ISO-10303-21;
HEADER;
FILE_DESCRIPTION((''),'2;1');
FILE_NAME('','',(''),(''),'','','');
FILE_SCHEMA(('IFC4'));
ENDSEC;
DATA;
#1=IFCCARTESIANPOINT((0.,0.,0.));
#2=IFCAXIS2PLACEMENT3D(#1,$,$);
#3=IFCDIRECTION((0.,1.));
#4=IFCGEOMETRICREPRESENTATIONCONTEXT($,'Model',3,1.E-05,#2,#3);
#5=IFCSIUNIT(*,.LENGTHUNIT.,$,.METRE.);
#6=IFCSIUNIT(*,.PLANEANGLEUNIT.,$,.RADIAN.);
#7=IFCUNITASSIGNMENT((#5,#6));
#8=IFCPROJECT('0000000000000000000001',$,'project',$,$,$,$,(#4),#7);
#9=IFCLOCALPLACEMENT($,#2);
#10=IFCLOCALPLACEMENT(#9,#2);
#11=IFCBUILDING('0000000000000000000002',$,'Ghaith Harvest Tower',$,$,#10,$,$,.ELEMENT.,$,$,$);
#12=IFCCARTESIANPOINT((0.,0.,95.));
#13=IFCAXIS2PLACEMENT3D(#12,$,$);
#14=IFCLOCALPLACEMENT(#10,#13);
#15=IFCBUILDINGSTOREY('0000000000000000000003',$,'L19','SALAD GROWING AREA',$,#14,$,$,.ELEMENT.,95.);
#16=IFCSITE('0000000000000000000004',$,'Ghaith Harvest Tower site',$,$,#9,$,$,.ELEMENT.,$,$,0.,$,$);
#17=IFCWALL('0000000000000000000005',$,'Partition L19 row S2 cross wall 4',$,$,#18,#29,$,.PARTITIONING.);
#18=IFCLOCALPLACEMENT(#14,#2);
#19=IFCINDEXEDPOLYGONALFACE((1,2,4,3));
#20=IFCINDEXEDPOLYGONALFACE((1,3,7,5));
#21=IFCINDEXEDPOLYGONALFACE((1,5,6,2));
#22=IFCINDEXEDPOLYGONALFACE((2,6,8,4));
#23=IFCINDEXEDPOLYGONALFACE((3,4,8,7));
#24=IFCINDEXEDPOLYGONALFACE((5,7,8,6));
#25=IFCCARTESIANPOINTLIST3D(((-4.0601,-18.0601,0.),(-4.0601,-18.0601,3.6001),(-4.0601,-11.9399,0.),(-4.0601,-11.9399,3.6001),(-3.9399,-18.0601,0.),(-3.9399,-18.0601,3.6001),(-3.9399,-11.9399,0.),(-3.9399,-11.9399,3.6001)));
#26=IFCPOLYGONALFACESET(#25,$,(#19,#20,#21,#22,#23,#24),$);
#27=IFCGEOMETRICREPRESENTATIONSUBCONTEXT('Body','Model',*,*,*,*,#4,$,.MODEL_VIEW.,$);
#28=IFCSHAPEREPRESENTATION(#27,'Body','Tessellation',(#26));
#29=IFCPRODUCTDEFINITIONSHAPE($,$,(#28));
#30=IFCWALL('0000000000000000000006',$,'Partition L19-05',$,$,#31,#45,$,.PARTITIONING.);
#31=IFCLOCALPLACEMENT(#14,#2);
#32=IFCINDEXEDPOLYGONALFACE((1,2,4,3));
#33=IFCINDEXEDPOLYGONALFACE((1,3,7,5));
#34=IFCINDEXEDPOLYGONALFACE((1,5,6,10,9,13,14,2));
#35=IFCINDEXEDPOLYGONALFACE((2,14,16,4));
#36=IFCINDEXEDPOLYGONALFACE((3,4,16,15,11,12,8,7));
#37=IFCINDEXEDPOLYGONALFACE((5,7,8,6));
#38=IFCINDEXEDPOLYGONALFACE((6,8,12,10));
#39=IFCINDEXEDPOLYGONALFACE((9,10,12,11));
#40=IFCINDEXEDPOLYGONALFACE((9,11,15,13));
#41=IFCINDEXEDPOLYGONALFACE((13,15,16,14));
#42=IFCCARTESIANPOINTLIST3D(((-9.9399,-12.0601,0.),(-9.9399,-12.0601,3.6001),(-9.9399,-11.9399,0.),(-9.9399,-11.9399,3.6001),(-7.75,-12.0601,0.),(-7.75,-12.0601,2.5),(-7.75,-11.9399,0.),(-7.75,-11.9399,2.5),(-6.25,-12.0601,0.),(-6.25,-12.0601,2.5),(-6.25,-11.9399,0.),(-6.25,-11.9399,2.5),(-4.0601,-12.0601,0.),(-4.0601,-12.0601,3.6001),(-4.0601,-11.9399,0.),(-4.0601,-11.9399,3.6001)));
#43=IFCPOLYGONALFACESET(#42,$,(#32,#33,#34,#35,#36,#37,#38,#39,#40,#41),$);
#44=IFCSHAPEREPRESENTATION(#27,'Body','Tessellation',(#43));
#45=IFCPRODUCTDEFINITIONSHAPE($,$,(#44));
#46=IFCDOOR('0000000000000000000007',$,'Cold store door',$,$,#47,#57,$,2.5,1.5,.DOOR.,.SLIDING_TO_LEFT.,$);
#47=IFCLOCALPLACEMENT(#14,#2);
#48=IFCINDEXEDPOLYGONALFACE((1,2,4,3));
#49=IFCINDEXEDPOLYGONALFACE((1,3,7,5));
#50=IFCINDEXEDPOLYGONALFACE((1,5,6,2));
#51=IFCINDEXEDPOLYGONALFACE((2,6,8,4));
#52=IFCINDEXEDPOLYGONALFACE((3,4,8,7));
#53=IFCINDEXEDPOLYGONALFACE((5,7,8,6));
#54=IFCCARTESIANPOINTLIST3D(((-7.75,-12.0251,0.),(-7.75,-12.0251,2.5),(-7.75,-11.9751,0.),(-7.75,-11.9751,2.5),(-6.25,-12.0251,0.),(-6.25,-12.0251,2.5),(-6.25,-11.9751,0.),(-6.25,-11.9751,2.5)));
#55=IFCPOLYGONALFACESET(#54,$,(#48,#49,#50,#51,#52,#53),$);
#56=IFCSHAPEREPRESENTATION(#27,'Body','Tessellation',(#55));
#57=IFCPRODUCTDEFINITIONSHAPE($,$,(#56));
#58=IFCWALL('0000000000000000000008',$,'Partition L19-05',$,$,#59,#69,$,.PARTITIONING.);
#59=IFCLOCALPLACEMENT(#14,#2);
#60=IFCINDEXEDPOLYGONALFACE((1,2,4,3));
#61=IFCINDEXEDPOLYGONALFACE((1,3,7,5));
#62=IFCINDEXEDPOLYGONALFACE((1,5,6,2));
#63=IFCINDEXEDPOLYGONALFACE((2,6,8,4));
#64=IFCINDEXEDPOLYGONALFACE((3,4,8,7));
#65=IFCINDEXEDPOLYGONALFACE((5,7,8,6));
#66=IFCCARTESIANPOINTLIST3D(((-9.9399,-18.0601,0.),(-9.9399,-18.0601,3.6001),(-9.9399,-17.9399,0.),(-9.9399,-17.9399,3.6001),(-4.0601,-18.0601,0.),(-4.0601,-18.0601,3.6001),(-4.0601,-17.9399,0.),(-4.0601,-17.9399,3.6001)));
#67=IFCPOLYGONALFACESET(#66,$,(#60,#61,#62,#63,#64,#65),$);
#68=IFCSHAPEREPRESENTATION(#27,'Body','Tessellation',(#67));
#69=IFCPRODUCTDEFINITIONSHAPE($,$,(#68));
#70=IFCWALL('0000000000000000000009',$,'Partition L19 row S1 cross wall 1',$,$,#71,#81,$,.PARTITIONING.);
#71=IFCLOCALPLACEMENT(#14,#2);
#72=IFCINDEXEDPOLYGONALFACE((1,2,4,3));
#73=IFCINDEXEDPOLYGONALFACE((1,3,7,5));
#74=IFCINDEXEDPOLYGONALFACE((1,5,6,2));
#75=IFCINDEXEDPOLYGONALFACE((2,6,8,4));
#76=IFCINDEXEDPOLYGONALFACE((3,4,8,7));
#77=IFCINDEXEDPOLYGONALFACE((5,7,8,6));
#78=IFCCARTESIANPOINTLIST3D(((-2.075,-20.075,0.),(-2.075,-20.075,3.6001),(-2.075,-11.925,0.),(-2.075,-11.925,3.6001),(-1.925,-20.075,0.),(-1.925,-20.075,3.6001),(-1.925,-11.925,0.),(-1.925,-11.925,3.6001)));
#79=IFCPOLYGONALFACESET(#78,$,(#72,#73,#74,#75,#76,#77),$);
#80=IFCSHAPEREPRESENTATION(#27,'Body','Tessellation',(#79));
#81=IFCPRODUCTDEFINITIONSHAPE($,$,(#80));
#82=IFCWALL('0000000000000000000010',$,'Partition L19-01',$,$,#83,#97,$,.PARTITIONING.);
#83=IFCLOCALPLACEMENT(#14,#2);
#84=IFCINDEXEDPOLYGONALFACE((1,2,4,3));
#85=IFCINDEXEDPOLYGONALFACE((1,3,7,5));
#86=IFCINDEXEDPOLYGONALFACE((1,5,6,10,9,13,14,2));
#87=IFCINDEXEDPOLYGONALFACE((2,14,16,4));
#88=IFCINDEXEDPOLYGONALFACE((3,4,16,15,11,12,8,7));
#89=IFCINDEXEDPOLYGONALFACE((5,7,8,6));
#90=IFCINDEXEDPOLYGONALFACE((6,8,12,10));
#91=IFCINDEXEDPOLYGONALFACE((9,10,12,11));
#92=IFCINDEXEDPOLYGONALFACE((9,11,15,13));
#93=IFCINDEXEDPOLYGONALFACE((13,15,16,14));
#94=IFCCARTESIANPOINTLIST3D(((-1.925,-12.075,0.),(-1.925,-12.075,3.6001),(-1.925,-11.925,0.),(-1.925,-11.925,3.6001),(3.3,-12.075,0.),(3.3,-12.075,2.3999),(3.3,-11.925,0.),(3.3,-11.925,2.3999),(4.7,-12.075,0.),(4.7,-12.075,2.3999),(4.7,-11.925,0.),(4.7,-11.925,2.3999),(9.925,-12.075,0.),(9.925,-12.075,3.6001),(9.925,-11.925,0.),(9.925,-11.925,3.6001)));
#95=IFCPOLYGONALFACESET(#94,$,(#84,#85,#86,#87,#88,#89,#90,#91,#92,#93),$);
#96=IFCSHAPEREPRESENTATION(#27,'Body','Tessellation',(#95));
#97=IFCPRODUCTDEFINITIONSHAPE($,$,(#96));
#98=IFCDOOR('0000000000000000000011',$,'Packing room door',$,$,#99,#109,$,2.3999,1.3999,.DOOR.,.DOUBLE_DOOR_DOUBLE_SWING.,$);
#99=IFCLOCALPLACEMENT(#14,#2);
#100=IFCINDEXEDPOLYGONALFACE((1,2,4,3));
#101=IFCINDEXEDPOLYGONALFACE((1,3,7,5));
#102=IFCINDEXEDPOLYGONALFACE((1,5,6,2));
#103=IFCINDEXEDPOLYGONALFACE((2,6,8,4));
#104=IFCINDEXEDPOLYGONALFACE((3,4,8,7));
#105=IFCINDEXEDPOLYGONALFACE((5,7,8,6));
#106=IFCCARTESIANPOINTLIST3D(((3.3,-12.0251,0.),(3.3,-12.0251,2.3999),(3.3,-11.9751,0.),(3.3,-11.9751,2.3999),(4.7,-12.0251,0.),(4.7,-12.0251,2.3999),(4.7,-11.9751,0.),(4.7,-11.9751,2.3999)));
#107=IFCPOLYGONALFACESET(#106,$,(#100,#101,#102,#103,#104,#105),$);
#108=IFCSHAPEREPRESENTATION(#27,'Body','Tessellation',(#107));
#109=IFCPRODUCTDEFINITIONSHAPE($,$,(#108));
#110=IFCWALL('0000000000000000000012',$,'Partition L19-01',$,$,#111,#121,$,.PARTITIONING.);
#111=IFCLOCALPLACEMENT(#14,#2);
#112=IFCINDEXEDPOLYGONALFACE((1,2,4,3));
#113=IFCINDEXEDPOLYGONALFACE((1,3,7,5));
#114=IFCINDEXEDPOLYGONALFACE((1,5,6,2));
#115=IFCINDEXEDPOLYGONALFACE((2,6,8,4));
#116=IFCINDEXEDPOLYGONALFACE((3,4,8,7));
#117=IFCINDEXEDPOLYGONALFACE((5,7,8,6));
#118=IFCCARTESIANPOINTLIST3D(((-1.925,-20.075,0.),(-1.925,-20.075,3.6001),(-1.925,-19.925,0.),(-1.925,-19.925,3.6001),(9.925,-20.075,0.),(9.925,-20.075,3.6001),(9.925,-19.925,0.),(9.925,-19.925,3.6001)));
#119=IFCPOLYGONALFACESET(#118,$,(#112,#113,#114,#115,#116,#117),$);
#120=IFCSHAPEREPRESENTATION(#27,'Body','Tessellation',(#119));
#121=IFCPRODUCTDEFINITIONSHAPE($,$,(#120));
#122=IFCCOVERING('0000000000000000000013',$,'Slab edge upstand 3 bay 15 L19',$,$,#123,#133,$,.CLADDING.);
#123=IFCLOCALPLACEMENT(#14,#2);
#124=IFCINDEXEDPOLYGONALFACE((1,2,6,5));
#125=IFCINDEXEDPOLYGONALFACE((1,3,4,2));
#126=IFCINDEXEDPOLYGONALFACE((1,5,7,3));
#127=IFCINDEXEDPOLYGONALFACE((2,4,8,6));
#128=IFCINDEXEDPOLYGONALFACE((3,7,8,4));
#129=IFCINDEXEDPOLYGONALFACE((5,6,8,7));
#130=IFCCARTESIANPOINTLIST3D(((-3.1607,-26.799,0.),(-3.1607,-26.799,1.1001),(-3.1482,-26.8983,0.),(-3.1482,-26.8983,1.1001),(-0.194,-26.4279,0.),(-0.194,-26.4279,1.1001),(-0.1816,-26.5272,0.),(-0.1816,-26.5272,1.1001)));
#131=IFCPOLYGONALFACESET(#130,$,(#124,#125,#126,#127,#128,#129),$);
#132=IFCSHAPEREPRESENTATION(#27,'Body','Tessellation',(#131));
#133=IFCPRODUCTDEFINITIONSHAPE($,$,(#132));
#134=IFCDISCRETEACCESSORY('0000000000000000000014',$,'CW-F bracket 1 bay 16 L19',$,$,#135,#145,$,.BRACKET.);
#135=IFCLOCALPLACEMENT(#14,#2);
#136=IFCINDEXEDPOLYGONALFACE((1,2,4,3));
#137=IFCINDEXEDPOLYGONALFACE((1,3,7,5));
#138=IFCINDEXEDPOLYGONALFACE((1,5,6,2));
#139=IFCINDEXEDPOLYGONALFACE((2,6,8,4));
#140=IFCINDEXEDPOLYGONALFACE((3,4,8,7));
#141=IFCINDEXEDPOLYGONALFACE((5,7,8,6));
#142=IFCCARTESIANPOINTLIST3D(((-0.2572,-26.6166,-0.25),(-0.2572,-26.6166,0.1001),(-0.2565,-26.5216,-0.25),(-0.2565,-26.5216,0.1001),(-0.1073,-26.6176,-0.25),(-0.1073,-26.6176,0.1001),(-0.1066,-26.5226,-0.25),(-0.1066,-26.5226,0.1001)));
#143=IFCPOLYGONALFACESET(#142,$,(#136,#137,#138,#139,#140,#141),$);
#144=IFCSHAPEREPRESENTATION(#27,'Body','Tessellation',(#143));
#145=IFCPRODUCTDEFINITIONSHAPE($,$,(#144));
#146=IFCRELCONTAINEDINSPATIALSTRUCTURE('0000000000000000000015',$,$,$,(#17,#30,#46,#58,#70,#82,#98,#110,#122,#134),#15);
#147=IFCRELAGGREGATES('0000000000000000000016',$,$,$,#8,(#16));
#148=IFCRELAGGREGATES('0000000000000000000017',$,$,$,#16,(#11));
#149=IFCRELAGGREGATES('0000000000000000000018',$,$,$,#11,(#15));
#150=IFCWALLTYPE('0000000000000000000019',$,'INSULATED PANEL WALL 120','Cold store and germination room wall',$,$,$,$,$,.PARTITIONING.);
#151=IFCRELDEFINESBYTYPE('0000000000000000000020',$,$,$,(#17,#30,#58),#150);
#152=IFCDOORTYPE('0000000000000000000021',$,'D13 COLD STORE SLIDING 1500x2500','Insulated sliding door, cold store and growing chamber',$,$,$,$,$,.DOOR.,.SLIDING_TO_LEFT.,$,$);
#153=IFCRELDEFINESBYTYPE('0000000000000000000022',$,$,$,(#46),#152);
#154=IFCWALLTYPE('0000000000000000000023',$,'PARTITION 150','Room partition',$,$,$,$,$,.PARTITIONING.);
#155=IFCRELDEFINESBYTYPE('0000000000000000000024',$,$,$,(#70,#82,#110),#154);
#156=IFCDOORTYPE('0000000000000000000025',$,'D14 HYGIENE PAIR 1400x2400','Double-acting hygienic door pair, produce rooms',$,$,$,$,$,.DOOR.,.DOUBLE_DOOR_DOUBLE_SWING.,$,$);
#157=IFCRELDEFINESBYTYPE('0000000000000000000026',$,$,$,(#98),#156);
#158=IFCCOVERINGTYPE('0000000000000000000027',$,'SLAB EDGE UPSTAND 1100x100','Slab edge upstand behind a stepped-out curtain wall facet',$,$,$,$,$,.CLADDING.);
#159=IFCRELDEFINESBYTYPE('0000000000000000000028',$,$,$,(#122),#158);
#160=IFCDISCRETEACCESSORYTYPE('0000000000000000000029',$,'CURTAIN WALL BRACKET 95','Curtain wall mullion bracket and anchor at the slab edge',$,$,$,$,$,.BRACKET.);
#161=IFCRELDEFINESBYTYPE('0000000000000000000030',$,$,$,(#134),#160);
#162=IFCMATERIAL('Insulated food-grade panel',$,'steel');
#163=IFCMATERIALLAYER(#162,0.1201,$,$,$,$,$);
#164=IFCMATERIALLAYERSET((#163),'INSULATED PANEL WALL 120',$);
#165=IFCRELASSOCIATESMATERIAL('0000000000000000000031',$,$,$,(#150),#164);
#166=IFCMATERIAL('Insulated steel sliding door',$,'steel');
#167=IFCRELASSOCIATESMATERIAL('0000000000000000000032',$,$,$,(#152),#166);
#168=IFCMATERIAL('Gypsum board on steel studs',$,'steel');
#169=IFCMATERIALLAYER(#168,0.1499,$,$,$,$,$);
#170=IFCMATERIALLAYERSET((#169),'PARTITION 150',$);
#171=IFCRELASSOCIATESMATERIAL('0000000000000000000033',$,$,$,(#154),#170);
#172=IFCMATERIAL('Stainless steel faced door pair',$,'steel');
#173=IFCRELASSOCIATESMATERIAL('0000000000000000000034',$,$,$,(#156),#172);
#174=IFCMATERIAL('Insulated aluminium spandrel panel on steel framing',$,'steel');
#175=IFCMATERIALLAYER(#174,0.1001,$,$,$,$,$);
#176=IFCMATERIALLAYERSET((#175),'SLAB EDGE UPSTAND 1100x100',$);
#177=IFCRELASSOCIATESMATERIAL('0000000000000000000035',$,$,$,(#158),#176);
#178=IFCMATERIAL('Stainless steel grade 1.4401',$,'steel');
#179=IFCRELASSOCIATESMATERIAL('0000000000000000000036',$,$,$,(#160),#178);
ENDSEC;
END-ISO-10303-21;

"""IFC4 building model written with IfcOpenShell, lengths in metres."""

from ifc_helpers import new_model, si_unit, direction, frame, frame_2d, origin, origin_2d, place, context, subcontext, project, spatial, rectangle, extrude, material, layer, layer_set, type_object, element, fill, save


model = new_model("IFC4")

# Units and contexts
model_context = context("Model", 3, precision=1e-05, world=origin(), true_north=direction((0.0, 1.0)))
body_context = subcontext(model_context, "Body", "Model", "MODEL_VIEW")
ifc_project = project(units=[si_unit("LENGTHUNIT", "METRE"), si_unit("PLANEANGLEUNIT", "RADIAN")], contexts=[model_context])

# Site, building, storey
site_placement = place(None, origin())
site = spatial("IfcSite", under=ifc_project, at=site_placement, Name="Ghaith Harvest Tower site", CompositionType="ELEMENT", RefElevation=0.0)
building_placement = place(site_placement, origin())
building = spatial("IfcBuilding", under=site, at=building_placement, Name="Ghaith Harvest Tower", CompositionType="ELEMENT")
storey_placement = place(building_placement, frame((0.0, 0.0, 95.0)))
storey = spatial("IfcBuildingStorey", under=building, at=storey_placement, Name="L19", Description="SALAD GROWING AREA", CompositionType="ELEMENT", Elevation=95.0)

# Wall
ifc_material_1 = material(Name="Insulated food-grade panel", Category="steel")
ifc_layer_1 = layer(ifc_material_1, 0.1201)
ifc_layer_set_1 = layer_set([ifc_layer_1], Name="INSULATED PANEL WALL 120")
wall_type_1 = type_object("IfcWallType", Name="INSULATED PANEL WALL 120", Description="Cold store and germination room wall", PredefinedType="PARTITIONING", material=ifc_layer_set_1)
for number, where, z_axis, x_axis, name in (
    (1, (-4.0, -11.9399, 0.0), (0.0, 0.0, 1.0), (0.0, -1.0, 0.0), "Partition L19 row S2 cross wall 4"),
):
    element("IfcWall", number, at=place(storey_placement, frame(where, z_axis=z_axis, x_axis=x_axis)), inside=storey, type_object=wall_type_1, Name=name, PredefinedType="PARTITIONING", context=body_context, shape_type="SweptSolid", body=[
        extrude(rectangle(XDim=6.1201, YDim=0.1201, at=frame_2d((3.0601, 0.0))), origin(), (0.0, 0.0, 1.0), 3.6001),
    ])

# Wall, opening, door
wall_1_placement = place(storey_placement, frame((-9.9399, -12.0, 0.0), z_axis=(0.0, 0.0, 1.0), x_axis=(1.0, 0.0, 0.0)))
wall_1 = element("IfcWall", 2, at=wall_1_placement, inside=storey, type_object=wall_type_1, Name="Partition L19-05", PredefinedType="PARTITIONING", context=body_context, shape_type="SweptSolid", body=[
    extrude(rectangle(XDim=5.8799, YDim=0.1201, at=frame_2d((2.9399, 0.0))), origin(), (0.0, 0.0, 1.0), 3.6001),
])
opening_1_placement = place(wall_1_placement, frame((2.1899, 0.0, 0.0)))
opening_1 = element("IfcOpeningElement", 3, at=opening_1_placement, cuts=wall_1, PredefinedType="OPENING", context=body_context, shape_type="SweptSolid", body=[
    extrude(rectangle(XDim=1.5, YDim=2.5, at=frame_2d((0.75, 1.25))), frame((0.0, 0.0701, 0.0), z_axis=(0.0, -1.0, 0.0), x_axis=(1.0, 0.0, 0.0)), (0.0, 0.0, 1.0), 0.1401),
])
ifc_material_2 = material(Name="Insulated steel sliding door", Category="steel")
door_type_1 = type_object("IfcDoorType", Name="D13 COLD STORE SLIDING 1500x2500", Description="Insulated sliding door, cold store and growing chamber", OperationType="SLIDING_TO_LEFT", PredefinedType="DOOR", material=ifc_material_2)
door_1_placement = place(opening_1_placement, origin())
door_1 = element("IfcDoor", 4, at=door_1_placement, inside=storey, type_object=door_type_1, Name="Cold store door", OperationType="SLIDING_TO_LEFT", OverallHeight=2.5, OverallWidth=1.5, PredefinedType="DOOR", context=body_context, shape_type="SweptSolid", body=[
    extrude(rectangle(XDim=1.5, YDim=2.5, at=frame_2d((0.75, 1.25))), frame((0.0, 0.0249, 0.0), z_axis=(0.0, -1.0, 0.0), x_axis=(1.0, 0.0, 0.0)), (0.0, 0.0, 1.0), 0.05),
])
fill(opening_1, door_1)

# Walls
wall_2_placement = place(storey_placement, frame((-9.9399, -18.0, 0.0), z_axis=(0.0, 0.0, 1.0), x_axis=(1.0, 0.0, 0.0)))
element("IfcWall", 5, at=wall_2_placement, inside=storey, type_object=wall_type_1, Name="Partition L19-05", PredefinedType="PARTITIONING", context=body_context, shape_type="SweptSolid", body=[
    extrude(rectangle(XDim=5.8799, YDim=0.1201, at=frame_2d((2.9399, 0.0))), origin(), (0.0, 0.0, 1.0), 3.6001),
])
ifc_material_3 = material(Name="Gypsum board on steel studs", Category="steel")
ifc_layer_2 = layer(ifc_material_3, 0.1499)
ifc_layer_set_2 = layer_set([ifc_layer_2], Name="PARTITION 150")
wall_type_2 = type_object("IfcWallType", Name="PARTITION 150", Description="Room partition", PredefinedType="PARTITIONING", material=ifc_layer_set_2)
wall_3_placement = place(storey_placement, frame((-2.0, -11.925, 0.0), z_axis=(0.0, 0.0, 1.0), x_axis=(0.0, -1.0, 0.0)))
element("IfcWall", 6, at=wall_3_placement, inside=storey, type_object=wall_type_2, Name="Partition L19 row S1 cross wall 1", PredefinedType="PARTITIONING", context=body_context, shape_type="SweptSolid", body=[
    extrude(rectangle(XDim=8.1499, YDim=0.1499, at=frame_2d((4.075, 0.0))), origin(), (0.0, 0.0, 1.0), 3.6001),
])

# Wall, opening, door
wall_4_placement = place(storey_placement, frame((-1.925, -12.0, 0.0), z_axis=(0.0, 0.0, 1.0), x_axis=(1.0, 0.0, 0.0)))
wall_4 = element("IfcWall", 7, at=wall_4_placement, inside=storey, type_object=wall_type_2, Name="Partition L19-01", PredefinedType="PARTITIONING", context=body_context, shape_type="SweptSolid", body=[
    extrude(rectangle(XDim=11.8501, YDim=0.1499, at=frame_2d((5.925, 0.0))), origin(), (0.0, 0.0, 1.0), 3.6001),
])
opening_2_placement = place(wall_4_placement, frame((5.2251, 0.0, 0.0)))
opening_2 = element("IfcOpeningElement", 8, at=opening_2_placement, cuts=wall_4, PredefinedType="OPENING", context=body_context, shape_type="SweptSolid", body=[
    extrude(rectangle(XDim=1.3999, YDim=2.3999, at=frame_2d((0.7, 1.2))), frame((0.0, 0.085, 0.0), z_axis=(0.0, -1.0, 0.0), x_axis=(1.0, 0.0, 0.0)), (0.0, 0.0, 1.0), 0.1699),
])
ifc_material_4 = material(Name="Stainless steel faced door pair", Category="steel")
door_type_2 = type_object("IfcDoorType", Name="D14 HYGIENE PAIR 1400x2400", Description="Double-acting hygienic door pair, produce rooms", OperationType="DOUBLE_DOOR_DOUBLE_SWING", PredefinedType="DOOR", material=ifc_material_4)
door_2_placement = place(opening_2_placement, origin())
door_2 = element("IfcDoor", 9, at=door_2_placement, inside=storey, type_object=door_type_2, Name="Packing room door", OperationType="DOUBLE_DOOR_DOUBLE_SWING", OverallHeight=2.3999, OverallWidth=1.3999, PredefinedType="DOOR", context=body_context, shape_type="SweptSolid", body=[
    extrude(rectangle(XDim=1.3999, YDim=2.3999, at=frame_2d((0.7, 1.2))), frame((0.0, 0.0249, 0.0), z_axis=(0.0, -1.0, 0.0), x_axis=(1.0, 0.0, 0.0)), (0.0, 0.0, 1.0), 0.05),
])
fill(opening_2, door_2)

# Wall
wall_5_placement = place(storey_placement, frame((-1.925, -20.0, 0.0), z_axis=(0.0, 0.0, 1.0), x_axis=(1.0, 0.0, 0.0)))
element("IfcWall", 10, at=wall_5_placement, inside=storey, type_object=wall_type_2, Name="Partition L19-01", PredefinedType="PARTITIONING", context=body_context, shape_type="SweptSolid", body=[
    extrude(rectangle(XDim=11.8501, YDim=0.1499, at=frame_2d((5.925, 0.0))), origin(), (0.0, 0.0, 1.0), 3.6001),
])

# Covering
ifc_material_5 = material(Name="Insulated aluminium spandrel panel on steel framing", Category="steel")
ifc_layer_3 = layer(ifc_material_5, 0.1001)
ifc_layer_set_3 = layer_set([ifc_layer_3], Name="SLAB EDGE UPSTAND 1100x100")
covering_type = type_object("IfcCoveringType", Name="SLAB EDGE UPSTAND 1100x100", Description="Slab edge upstand behind a stepped-out curtain wall facet", PredefinedType="CLADDING", material=ifc_layer_set_3)
covering_placement = place(storey_placement, frame((-1.6711, -26.6631, 0.0), z_axis=(0.0, 0.0, 1.0), x_axis=(0.992265, 0.124139, 0.0)))
element("IfcCovering", 11, at=covering_placement, inside=storey, type_object=covering_type, Name="Slab edge upstand 3 bay 15 L19", PredefinedType="CLADDING", context=body_context, shape_type="SweptSolid", body=[
    extrude(rectangle(XDim=2.9897, YDim=0.1001, at=origin_2d()), origin(), (0.0, 0.0, 1.0), 1.1001),
])

# Discrete accessory
ifc_material_6 = material(Name="Stainless steel grade 1.4401", Category="steel")
discrete_accessory_type = type_object("IfcDiscreteAccessoryType", Name="CURTAIN WALL BRACKET 95", Description="Curtain wall mullion bracket and anchor at the slab edge", PredefinedType="BRACKET", material=ifc_material_6)
discrete_accessory_placement = place(storey_placement, frame((-0.1819, -26.5696, -0.25), z_axis=(0.0, 0.0, 1.0), x_axis=(-0.006844, -0.999977, 0.0)))
element("IfcDiscreteAccessory", 12, at=discrete_accessory_placement, inside=storey, type_object=discrete_accessory_type, Name="CW-F bracket 1 bay 16 L19", PredefinedType="BRACKET", context=body_context, shape_type="SweptSolid", body=[
    extrude(rectangle(XDim=0.095, YDim=0.1499, at=origin_2d()), origin(), (0.0, 0.0, 1.0), 0.3501),
])

save(model, "model.ifc")
